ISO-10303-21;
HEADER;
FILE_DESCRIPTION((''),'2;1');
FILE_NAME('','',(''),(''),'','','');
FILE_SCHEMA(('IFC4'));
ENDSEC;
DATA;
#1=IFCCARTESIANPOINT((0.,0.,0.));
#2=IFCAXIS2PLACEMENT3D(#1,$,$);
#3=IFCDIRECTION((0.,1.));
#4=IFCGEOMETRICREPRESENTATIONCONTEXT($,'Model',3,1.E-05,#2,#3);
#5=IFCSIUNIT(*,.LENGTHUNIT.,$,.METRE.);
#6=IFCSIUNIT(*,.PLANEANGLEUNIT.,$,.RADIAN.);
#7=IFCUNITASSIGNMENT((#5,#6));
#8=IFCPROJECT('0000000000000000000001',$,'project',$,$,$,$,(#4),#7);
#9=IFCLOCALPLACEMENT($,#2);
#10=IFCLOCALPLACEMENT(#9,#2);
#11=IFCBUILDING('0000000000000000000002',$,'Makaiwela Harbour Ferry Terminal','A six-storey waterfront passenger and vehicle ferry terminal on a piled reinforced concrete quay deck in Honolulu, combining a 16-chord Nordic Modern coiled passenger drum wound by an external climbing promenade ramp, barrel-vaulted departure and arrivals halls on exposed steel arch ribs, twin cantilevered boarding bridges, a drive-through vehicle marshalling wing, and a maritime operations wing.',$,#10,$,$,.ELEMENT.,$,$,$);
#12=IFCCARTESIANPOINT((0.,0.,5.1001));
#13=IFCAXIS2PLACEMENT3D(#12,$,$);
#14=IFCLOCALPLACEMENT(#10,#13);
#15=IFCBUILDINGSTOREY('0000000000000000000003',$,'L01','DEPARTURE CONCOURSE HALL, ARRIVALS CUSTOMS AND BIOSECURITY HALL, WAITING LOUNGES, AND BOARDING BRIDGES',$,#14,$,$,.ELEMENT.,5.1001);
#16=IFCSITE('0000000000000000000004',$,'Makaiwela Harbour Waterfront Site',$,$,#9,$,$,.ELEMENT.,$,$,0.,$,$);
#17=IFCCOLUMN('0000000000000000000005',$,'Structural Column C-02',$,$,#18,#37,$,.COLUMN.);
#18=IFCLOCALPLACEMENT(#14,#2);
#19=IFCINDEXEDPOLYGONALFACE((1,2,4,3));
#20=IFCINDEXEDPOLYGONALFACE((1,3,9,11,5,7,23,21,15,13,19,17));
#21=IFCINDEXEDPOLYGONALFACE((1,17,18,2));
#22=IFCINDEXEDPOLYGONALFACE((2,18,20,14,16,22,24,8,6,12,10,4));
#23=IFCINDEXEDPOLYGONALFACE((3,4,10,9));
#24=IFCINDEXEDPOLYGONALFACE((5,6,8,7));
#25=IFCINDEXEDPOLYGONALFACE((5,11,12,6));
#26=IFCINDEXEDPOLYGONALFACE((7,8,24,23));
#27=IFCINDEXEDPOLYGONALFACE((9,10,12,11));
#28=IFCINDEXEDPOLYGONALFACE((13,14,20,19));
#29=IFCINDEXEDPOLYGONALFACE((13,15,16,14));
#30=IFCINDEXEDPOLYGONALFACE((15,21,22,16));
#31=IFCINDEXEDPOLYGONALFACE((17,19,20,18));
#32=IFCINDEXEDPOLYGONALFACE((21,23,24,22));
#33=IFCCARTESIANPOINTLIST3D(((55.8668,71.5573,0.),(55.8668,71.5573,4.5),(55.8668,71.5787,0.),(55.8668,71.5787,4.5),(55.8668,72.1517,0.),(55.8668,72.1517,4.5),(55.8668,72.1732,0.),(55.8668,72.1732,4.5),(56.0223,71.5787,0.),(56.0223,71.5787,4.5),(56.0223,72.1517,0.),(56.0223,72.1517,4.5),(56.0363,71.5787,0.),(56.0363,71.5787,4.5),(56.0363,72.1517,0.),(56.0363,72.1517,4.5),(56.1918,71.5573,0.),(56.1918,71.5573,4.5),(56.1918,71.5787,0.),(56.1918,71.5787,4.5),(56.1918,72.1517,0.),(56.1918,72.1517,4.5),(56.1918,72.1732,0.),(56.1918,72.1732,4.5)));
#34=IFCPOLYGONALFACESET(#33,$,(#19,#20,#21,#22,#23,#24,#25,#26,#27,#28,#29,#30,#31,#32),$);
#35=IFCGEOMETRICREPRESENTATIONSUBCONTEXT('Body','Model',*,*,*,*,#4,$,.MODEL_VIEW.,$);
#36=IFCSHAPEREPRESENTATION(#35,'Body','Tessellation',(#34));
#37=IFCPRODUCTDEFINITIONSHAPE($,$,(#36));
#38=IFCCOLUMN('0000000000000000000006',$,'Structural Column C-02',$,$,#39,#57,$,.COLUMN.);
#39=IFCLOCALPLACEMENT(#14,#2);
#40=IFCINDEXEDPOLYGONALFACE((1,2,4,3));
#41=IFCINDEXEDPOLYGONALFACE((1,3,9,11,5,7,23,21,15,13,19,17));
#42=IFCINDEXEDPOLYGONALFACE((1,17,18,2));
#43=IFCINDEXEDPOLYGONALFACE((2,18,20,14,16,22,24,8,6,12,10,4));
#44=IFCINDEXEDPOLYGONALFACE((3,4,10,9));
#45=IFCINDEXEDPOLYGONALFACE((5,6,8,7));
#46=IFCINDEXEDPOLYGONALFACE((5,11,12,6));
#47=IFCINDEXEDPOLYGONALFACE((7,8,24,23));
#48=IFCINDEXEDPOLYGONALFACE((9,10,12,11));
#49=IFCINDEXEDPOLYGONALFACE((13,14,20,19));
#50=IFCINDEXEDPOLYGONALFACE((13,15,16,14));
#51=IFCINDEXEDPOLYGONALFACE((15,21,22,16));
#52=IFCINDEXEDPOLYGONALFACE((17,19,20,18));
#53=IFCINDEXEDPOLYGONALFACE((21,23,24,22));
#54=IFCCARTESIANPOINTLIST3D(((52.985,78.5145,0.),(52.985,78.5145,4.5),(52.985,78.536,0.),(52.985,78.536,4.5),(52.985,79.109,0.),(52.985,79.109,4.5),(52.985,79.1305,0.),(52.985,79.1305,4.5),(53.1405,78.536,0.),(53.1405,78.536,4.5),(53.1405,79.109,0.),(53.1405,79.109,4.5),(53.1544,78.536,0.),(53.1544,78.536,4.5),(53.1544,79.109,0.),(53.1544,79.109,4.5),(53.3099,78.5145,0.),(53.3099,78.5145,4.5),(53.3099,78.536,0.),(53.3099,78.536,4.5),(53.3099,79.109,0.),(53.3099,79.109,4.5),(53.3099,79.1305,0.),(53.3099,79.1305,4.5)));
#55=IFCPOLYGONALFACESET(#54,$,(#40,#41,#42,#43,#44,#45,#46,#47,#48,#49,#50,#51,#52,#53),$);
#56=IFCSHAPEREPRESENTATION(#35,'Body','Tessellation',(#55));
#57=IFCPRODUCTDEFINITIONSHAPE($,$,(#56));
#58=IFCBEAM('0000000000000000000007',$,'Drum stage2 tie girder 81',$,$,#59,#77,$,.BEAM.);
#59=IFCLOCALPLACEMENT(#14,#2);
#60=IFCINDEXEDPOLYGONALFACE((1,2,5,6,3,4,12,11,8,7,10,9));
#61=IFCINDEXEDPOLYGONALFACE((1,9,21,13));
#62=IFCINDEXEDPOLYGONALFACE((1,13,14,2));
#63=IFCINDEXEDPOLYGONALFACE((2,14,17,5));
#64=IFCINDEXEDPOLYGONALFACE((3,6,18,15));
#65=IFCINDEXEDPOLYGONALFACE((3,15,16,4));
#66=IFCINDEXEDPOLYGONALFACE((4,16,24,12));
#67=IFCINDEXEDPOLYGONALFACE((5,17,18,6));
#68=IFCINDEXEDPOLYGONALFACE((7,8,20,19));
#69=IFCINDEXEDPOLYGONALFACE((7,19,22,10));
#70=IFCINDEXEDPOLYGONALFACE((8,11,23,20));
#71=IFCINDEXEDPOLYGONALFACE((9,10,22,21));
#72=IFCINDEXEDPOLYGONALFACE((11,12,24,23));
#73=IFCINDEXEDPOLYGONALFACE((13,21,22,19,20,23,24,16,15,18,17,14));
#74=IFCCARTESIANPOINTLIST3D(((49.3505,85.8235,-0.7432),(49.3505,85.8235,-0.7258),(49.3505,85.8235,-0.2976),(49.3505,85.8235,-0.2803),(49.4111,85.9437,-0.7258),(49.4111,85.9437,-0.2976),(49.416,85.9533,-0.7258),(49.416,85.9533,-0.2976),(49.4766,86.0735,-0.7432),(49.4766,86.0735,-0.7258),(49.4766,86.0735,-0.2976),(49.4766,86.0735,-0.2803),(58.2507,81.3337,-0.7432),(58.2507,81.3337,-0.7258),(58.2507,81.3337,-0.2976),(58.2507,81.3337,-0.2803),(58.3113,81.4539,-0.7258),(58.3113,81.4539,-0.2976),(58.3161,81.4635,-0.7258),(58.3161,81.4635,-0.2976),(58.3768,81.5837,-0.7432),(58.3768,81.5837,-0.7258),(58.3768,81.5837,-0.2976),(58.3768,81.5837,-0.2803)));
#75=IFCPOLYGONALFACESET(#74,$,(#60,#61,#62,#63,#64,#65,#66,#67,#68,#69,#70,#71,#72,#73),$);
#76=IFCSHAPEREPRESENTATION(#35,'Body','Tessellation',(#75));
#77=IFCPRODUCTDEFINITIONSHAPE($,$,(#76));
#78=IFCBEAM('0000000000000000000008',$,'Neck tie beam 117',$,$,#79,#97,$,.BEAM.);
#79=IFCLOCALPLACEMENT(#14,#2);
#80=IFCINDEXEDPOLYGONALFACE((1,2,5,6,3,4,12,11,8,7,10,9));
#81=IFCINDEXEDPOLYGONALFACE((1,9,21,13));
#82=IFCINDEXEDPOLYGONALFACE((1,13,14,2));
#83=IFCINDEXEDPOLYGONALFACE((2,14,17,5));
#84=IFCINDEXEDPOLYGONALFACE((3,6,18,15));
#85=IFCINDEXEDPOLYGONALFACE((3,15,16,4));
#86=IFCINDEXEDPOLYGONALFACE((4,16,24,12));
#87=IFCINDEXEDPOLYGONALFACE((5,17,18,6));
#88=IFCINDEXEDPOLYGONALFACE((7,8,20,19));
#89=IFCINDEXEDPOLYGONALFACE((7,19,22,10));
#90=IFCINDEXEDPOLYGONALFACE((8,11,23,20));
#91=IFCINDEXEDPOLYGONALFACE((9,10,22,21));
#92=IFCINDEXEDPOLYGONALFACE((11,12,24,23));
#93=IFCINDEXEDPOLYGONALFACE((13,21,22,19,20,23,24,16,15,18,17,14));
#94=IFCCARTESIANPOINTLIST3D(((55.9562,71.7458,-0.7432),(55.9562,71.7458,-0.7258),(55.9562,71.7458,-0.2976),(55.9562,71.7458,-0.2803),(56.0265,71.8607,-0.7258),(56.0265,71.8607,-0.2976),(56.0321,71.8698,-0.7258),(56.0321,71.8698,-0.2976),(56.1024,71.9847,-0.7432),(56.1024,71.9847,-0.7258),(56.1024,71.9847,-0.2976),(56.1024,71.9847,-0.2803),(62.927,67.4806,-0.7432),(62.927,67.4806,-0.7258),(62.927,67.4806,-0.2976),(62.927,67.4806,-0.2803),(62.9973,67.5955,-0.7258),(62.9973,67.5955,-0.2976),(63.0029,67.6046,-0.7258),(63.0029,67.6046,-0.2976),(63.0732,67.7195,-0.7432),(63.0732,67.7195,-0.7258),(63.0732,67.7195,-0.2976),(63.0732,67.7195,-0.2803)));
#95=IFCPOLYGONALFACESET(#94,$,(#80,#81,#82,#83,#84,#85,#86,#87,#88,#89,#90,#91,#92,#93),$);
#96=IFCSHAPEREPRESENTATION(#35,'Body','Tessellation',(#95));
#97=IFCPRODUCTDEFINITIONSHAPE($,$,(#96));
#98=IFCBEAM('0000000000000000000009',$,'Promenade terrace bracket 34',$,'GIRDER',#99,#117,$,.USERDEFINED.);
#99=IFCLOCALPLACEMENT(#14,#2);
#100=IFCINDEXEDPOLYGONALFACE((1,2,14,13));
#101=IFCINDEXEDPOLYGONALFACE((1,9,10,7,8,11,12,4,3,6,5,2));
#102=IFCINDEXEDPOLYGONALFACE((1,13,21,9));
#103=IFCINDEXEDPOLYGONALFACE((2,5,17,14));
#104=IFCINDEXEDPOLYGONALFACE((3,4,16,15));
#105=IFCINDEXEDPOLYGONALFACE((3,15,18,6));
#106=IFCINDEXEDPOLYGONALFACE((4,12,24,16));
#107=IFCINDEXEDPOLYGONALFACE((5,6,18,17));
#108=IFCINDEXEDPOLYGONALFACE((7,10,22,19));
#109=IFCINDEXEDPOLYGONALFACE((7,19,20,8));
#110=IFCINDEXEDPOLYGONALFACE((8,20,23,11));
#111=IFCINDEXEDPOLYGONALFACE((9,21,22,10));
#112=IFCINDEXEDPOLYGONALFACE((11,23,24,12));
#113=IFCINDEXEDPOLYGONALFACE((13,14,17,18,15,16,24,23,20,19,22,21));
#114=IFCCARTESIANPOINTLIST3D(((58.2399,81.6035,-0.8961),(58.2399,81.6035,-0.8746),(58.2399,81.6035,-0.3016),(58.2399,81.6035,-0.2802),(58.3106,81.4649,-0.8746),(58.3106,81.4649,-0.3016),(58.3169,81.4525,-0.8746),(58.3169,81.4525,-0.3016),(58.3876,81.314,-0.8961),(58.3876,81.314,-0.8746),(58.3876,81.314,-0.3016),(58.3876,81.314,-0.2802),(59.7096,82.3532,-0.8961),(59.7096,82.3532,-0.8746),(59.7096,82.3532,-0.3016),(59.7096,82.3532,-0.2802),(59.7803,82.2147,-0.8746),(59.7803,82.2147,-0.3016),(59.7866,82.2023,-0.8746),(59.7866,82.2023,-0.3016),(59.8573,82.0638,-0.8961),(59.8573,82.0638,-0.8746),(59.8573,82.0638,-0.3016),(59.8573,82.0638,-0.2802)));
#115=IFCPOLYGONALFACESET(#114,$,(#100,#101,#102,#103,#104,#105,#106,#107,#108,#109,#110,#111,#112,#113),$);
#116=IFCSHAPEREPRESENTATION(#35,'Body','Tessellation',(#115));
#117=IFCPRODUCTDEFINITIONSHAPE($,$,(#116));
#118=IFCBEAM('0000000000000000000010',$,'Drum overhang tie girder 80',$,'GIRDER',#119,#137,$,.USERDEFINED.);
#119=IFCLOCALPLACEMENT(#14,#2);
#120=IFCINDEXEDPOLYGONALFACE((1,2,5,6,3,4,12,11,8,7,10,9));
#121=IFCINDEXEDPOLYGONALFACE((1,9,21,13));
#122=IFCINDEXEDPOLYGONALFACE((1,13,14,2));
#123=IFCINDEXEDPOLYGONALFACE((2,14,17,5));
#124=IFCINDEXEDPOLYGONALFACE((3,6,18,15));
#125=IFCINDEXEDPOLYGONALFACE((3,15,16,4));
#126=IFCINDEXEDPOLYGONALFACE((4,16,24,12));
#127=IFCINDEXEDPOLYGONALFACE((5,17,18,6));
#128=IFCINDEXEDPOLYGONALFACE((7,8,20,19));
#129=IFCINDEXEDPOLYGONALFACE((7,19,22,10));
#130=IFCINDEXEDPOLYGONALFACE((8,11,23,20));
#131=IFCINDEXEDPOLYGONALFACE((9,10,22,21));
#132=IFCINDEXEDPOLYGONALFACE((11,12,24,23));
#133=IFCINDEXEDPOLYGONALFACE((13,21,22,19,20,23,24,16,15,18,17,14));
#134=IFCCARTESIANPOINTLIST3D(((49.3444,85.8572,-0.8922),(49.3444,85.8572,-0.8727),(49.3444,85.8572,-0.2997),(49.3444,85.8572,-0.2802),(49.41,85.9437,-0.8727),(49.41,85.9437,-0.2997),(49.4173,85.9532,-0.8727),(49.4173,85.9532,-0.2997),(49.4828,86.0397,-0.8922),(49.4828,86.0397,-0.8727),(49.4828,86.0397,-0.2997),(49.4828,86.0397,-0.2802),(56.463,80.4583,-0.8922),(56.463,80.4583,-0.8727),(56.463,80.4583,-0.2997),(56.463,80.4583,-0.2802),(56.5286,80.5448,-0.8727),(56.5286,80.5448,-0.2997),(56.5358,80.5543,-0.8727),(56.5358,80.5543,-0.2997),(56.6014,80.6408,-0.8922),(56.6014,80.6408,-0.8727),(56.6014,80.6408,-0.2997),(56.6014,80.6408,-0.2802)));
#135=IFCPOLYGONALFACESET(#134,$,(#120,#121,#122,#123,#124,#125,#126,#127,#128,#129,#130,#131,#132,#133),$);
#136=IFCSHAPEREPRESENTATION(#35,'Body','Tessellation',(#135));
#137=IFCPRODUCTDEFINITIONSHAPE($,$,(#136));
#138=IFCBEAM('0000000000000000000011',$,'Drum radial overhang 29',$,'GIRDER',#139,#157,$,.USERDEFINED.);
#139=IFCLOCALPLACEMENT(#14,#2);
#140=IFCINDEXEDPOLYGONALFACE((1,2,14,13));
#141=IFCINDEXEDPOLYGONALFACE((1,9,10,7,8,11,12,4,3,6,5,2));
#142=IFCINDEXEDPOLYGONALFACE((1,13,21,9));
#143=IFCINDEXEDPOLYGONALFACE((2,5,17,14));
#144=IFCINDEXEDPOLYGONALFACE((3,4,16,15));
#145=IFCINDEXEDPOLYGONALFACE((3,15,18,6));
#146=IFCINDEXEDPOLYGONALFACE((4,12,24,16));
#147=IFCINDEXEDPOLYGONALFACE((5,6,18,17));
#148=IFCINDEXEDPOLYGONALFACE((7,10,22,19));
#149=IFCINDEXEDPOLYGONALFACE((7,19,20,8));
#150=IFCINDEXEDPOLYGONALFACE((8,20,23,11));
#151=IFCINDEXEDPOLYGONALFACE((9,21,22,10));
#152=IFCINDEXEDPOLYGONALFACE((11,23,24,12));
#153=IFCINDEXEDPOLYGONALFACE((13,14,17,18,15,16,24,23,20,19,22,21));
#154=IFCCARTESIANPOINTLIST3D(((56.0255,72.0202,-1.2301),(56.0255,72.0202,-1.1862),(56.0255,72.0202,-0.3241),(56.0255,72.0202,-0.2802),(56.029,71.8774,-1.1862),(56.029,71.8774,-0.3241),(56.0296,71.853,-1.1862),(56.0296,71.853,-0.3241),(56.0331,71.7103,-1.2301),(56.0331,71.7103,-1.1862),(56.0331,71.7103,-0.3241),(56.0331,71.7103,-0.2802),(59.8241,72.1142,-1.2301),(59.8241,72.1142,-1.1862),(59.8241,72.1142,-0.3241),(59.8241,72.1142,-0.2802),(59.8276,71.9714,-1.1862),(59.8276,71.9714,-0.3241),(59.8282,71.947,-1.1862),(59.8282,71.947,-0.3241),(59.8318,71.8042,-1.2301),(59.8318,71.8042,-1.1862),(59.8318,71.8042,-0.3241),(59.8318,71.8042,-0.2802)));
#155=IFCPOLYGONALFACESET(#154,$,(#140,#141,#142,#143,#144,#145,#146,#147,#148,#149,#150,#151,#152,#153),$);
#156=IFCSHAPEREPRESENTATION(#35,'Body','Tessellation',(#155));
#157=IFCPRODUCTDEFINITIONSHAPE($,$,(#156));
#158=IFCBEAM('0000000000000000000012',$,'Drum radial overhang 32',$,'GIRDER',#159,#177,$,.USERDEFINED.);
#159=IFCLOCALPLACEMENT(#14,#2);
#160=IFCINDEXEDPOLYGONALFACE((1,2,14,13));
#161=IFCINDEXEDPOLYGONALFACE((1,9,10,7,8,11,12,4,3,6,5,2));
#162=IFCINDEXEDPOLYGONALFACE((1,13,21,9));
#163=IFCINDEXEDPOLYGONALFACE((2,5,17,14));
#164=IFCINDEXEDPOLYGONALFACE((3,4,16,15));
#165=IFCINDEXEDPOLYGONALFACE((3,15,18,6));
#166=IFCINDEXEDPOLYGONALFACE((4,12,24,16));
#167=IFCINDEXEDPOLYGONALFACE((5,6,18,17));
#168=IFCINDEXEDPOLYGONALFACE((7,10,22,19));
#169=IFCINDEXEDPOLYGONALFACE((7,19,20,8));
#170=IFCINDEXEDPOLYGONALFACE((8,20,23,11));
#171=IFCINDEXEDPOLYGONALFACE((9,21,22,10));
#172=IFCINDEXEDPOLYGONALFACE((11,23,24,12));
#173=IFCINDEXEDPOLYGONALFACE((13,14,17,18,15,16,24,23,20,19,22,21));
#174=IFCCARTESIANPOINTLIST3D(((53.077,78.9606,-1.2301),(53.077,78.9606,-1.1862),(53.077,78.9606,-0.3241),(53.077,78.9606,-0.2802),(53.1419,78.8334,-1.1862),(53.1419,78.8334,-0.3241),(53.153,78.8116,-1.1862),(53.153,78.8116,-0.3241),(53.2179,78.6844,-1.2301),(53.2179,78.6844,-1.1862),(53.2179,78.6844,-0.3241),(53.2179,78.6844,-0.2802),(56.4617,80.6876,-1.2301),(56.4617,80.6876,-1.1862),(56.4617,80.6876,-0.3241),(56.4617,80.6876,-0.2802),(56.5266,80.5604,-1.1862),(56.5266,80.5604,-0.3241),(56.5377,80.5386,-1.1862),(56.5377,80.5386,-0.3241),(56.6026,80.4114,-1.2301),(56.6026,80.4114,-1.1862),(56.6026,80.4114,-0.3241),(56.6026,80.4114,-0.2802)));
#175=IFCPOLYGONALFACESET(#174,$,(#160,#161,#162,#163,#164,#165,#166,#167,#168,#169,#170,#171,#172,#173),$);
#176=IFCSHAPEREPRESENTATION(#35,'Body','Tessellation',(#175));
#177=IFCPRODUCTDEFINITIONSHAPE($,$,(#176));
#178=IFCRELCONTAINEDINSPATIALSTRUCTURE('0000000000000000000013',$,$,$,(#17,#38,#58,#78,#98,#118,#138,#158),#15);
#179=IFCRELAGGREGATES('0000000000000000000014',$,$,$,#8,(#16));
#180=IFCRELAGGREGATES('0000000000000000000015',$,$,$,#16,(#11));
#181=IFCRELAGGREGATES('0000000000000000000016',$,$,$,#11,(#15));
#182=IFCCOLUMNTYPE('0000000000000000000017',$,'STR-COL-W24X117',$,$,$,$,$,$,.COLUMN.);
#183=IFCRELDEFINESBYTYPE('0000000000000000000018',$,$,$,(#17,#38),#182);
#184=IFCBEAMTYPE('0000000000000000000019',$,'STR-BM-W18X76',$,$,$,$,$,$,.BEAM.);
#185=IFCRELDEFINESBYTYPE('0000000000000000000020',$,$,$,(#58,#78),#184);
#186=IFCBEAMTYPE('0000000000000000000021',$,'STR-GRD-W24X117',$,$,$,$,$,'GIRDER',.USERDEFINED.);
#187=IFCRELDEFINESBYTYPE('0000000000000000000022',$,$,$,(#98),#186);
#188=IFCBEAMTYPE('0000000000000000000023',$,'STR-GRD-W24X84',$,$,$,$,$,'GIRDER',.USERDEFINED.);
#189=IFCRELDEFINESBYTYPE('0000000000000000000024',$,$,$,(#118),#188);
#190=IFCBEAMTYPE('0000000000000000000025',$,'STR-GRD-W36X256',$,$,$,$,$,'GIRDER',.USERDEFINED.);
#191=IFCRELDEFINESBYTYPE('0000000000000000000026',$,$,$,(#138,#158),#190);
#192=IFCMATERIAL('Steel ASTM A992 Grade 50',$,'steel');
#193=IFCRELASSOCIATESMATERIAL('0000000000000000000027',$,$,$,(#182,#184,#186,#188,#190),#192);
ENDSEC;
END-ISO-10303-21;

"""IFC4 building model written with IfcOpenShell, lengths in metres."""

from ifc_helpers import new_model, si_unit, direction, frame, origin, origin_2d, place, context, subcontext, project, spatial, i_section, extrude, material, material_profile, profile_set, type_object, element, save


model = new_model("IFC4")

# Units and contexts
model_context = context("Model", 3, precision=1e-05, world=origin(), true_north=direction((0.0, 1.0)))
body_context = subcontext(model_context, "Body", "Model", "MODEL_VIEW")
ifc_project = project(units=[si_unit("LENGTHUNIT", "METRE"), si_unit("PLANEANGLEUNIT", "RADIAN")], contexts=[model_context])

# Site, building, storey
site_placement = place(None, origin())
site = spatial("IfcSite", under=ifc_project, at=site_placement, Name="Makaiwela Harbour Waterfront Site", CompositionType="ELEMENT", RefElevation=0.0)
building_placement = place(site_placement, origin())
building = spatial("IfcBuilding", under=site, at=building_placement, Name="Makaiwela Harbour Ferry Terminal", Description="A six-storey waterfront passenger and vehicle ferry terminal on a piled reinforced concrete quay deck in Honolulu, combining a 16-chord Nordic Modern coiled passenger drum wound by an external climbing promenade ramp, barrel-vaulted departure and arrivals halls on exposed steel arch ribs, twin cantilevered boarding bridges, a drive-through vehicle marshalling wing, and a maritime operations wing.", CompositionType="ELEMENT")
storey_placement = place(building_placement, frame((0.0, 0.0, 5.1001)))
storey = spatial("IfcBuildingStorey", under=building, at=storey_placement, Name="L01", Description="DEPARTURE CONCOURSE HALL, ARRIVALS CUSTOMS AND BIOSECURITY HALL, WAITING LOUNGES, AND BOARDING BRIDGES", CompositionType="ELEMENT", Elevation=5.1001)

# Columns
ifc_material_1 = material(Name="Steel ASTM A992 Grade 50", Category="steel")
ifc_material_profile_1 = material_profile(ifc_material_1, i_section(OverallWidth=0.325, OverallDepth=0.616, WebThickness=0.0139, FlangeThickness=0.0215, at=origin_2d()), Name="W24X117")
ifc_profile_set_1 = profile_set([ifc_material_profile_1], Name="Steel ASTM A992 Grade 50")
column_type = type_object("IfcColumnType", Name="STR-COL-W24X117", PredefinedType="COLUMN", material=ifc_profile_set_1)
for number, where, z_axis, x_axis, name in (
    (1, (56.0293, 71.8652, 0.0), (0.0, 0.0, 1.0), (1.0, 0.0, 0.0), "Structural Column C-02"),
    (2, (53.1475, 78.8225, 0.0), (0.0, 0.0, 1.0), (1.0, 0.0, 0.0), "Structural Column C-02"),
):
    element("IfcColumn", number, at=place(storey_placement, frame(where, z_axis=z_axis, x_axis=x_axis)), inside=storey, type_object=column_type, Name=name, PredefinedType="COLUMN", context=body_context, shape_type="SweptSolid", body=[
        extrude(i_section(OverallWidth=0.325, OverallDepth=0.616, WebThickness=0.0139, FlangeThickness=0.0215, at=origin_2d()), origin(), (0.0, 0.0, 1.0), 4.5),
    ])

# Beams
ifc_material_profile_2 = material_profile(ifc_material_1, i_section(OverallWidth=0.28, OverallDepth=0.4629, WebThickness=0.0107, FlangeThickness=0.0173, at=origin_2d()), Name="W18X76")
ifc_profile_set_2 = profile_set([ifc_material_profile_2], Name="Steel ASTM A992 Grade 50")
beam_type_1 = type_object("IfcBeamType", Name="STR-BM-W18X76", PredefinedType="BEAM", material=ifc_profile_set_2)
beam_1_placement = place(storey_placement, frame((58.3137, 81.4587, -0.5117), z_axis=(-0.89283, 0.450395, 0.0), x_axis=(-0.450395, -0.89283, 0.0)))
element("IfcBeam", 3, at=beam_1_placement, inside=storey, type_object=beam_type_1, Name="Drum stage2 tie girder 81", PredefinedType="BEAM", context=body_context, shape_type="SweptSolid", body=[
    extrude(i_section(OverallWidth=0.28, OverallDepth=0.4629, WebThickness=0.0107, FlangeThickness=0.0173, at=origin_2d()), origin(), (0.0, 0.0, 1.0), 9.9685),
])
beam_2_placement = place(storey_placement, frame((56.0293, 71.8652, -0.5117), z_axis=(0.852995, -0.521919, 0.0), x_axis=(0.521919, 0.852995, 0.0)))
element("IfcBeam", 4, at=beam_2_placement, inside=storey, type_object=beam_type_1, Name="Neck tie beam 117", PredefinedType="BEAM", context=body_context, shape_type="SweptSolid", body=[
    extrude(i_section(OverallWidth=0.28, OverallDepth=0.4629, WebThickness=0.0107, FlangeThickness=0.0173, at=origin_2d()), origin(), (0.0, 0.0, 1.0), 8.1721),
])
ifc_material_profile_3 = material_profile(ifc_material_1, i_section(OverallWidth=0.325, OverallDepth=0.616, WebThickness=0.0139, FlangeThickness=0.0215, at=origin_2d()), Name="W24X117")
ifc_profile_set_3 = profile_set([ifc_material_profile_3], Name="Steel ASTM A992 Grade 50")
beam_type_2 = type_object("IfcBeamType", Name="STR-GRD-W24X117", ElementType="GIRDER", PredefinedType="USERDEFINED", material=ifc_profile_set_3)
beam_3_placement = place(storey_placement, frame((58.3137, 81.4587, -0.5881), z_axis=(0.890788, 0.45442, 0.0), x_axis=(-0.45442, 0.890788, 0.0)))
element("IfcBeam", 5, at=beam_3_placement, inside=storey, type_object=beam_type_2, Name="Promenade terrace bracket 34", ObjectType="GIRDER", PredefinedType="USERDEFINED", context=body_context, shape_type="SweptSolid", body=[
    extrude(i_section(OverallWidth=0.325, OverallDepth=0.616, WebThickness=0.0139, FlangeThickness=0.0215, at=origin_2d()), origin(), (0.0, 0.0, 1.0), 1.6499),
])
ifc_material_profile_4 = material_profile(ifc_material_1, i_section(OverallWidth=0.229, OverallDepth=0.6121, WebThickness=0.012, FlangeThickness=0.0195, at=origin_2d()), Name="W24X84")
ifc_profile_set_4 = profile_set([ifc_material_profile_4], Name="Steel ASTM A992 Grade 50")
beam_type_3 = type_object("IfcBeamType", Name="STR-GRD-W24X84", ElementType="GIRDER", PredefinedType="USERDEFINED", material=ifc_profile_set_4)
beam_4_placement = place(storey_placement, frame((56.5322, 80.5496, -0.5862), z_axis=(-0.796768, 0.604285, 0.0), x_axis=(-0.604285, -0.796768, 0.0)))
element("IfcBeam", 6, at=beam_4_placement, inside=storey, type_object=beam_type_3, Name="Drum overhang tie girder 80", ObjectType="GIRDER", PredefinedType="USERDEFINED", context=body_context, shape_type="SweptSolid", body=[
    extrude(i_section(OverallWidth=0.229, OverallDepth=0.6121, WebThickness=0.012, FlangeThickness=0.0195, at=origin_2d()), origin(), (0.0, 0.0, 1.0), 8.9343),
])
ifc_material_profile_5 = material_profile(ifc_material_1, i_section(OverallWidth=0.3101, OverallDepth=0.95, WebThickness=0.0244, FlangeThickness=0.0439, at=origin_2d()), Name="W36X256")
ifc_profile_set_5 = profile_set([ifc_material_profile_5], Name="Steel ASTM A992 Grade 50")
beam_type_4 = type_object("IfcBeamType", Name="STR-GRD-W36X256", ElementType="GIRDER", PredefinedType="USERDEFINED", material=ifc_profile_set_5)
for number, where, z_axis, x_axis, name in (
    (7, (56.0293, 71.8652, -0.7551), (0.999694, 0.024737, 0.0), (-0.024737, 0.999694, 0.0), "Drum radial overhang 29"),
    (8, (53.1475, 78.8225, -0.7551), (0.890748, 0.454497, 0.0), (-0.454497, 0.890748, 0.0), "Drum radial overhang 32"),
):
    element("IfcBeam", number, at=place(storey_placement, frame(where, z_axis=z_axis, x_axis=x_axis)), inside=storey, type_object=beam_type_4, Name=name, ObjectType="GIRDER", PredefinedType="USERDEFINED", context=body_context, shape_type="SweptSolid", body=[
        extrude(i_section(OverallWidth=0.3101, OverallDepth=0.95, WebThickness=0.0244, FlangeThickness=0.0439, at=origin_2d()), origin(), (0.0, 0.0, 1.0), 3.7998),
    ])

save(model, "model.ifc")
